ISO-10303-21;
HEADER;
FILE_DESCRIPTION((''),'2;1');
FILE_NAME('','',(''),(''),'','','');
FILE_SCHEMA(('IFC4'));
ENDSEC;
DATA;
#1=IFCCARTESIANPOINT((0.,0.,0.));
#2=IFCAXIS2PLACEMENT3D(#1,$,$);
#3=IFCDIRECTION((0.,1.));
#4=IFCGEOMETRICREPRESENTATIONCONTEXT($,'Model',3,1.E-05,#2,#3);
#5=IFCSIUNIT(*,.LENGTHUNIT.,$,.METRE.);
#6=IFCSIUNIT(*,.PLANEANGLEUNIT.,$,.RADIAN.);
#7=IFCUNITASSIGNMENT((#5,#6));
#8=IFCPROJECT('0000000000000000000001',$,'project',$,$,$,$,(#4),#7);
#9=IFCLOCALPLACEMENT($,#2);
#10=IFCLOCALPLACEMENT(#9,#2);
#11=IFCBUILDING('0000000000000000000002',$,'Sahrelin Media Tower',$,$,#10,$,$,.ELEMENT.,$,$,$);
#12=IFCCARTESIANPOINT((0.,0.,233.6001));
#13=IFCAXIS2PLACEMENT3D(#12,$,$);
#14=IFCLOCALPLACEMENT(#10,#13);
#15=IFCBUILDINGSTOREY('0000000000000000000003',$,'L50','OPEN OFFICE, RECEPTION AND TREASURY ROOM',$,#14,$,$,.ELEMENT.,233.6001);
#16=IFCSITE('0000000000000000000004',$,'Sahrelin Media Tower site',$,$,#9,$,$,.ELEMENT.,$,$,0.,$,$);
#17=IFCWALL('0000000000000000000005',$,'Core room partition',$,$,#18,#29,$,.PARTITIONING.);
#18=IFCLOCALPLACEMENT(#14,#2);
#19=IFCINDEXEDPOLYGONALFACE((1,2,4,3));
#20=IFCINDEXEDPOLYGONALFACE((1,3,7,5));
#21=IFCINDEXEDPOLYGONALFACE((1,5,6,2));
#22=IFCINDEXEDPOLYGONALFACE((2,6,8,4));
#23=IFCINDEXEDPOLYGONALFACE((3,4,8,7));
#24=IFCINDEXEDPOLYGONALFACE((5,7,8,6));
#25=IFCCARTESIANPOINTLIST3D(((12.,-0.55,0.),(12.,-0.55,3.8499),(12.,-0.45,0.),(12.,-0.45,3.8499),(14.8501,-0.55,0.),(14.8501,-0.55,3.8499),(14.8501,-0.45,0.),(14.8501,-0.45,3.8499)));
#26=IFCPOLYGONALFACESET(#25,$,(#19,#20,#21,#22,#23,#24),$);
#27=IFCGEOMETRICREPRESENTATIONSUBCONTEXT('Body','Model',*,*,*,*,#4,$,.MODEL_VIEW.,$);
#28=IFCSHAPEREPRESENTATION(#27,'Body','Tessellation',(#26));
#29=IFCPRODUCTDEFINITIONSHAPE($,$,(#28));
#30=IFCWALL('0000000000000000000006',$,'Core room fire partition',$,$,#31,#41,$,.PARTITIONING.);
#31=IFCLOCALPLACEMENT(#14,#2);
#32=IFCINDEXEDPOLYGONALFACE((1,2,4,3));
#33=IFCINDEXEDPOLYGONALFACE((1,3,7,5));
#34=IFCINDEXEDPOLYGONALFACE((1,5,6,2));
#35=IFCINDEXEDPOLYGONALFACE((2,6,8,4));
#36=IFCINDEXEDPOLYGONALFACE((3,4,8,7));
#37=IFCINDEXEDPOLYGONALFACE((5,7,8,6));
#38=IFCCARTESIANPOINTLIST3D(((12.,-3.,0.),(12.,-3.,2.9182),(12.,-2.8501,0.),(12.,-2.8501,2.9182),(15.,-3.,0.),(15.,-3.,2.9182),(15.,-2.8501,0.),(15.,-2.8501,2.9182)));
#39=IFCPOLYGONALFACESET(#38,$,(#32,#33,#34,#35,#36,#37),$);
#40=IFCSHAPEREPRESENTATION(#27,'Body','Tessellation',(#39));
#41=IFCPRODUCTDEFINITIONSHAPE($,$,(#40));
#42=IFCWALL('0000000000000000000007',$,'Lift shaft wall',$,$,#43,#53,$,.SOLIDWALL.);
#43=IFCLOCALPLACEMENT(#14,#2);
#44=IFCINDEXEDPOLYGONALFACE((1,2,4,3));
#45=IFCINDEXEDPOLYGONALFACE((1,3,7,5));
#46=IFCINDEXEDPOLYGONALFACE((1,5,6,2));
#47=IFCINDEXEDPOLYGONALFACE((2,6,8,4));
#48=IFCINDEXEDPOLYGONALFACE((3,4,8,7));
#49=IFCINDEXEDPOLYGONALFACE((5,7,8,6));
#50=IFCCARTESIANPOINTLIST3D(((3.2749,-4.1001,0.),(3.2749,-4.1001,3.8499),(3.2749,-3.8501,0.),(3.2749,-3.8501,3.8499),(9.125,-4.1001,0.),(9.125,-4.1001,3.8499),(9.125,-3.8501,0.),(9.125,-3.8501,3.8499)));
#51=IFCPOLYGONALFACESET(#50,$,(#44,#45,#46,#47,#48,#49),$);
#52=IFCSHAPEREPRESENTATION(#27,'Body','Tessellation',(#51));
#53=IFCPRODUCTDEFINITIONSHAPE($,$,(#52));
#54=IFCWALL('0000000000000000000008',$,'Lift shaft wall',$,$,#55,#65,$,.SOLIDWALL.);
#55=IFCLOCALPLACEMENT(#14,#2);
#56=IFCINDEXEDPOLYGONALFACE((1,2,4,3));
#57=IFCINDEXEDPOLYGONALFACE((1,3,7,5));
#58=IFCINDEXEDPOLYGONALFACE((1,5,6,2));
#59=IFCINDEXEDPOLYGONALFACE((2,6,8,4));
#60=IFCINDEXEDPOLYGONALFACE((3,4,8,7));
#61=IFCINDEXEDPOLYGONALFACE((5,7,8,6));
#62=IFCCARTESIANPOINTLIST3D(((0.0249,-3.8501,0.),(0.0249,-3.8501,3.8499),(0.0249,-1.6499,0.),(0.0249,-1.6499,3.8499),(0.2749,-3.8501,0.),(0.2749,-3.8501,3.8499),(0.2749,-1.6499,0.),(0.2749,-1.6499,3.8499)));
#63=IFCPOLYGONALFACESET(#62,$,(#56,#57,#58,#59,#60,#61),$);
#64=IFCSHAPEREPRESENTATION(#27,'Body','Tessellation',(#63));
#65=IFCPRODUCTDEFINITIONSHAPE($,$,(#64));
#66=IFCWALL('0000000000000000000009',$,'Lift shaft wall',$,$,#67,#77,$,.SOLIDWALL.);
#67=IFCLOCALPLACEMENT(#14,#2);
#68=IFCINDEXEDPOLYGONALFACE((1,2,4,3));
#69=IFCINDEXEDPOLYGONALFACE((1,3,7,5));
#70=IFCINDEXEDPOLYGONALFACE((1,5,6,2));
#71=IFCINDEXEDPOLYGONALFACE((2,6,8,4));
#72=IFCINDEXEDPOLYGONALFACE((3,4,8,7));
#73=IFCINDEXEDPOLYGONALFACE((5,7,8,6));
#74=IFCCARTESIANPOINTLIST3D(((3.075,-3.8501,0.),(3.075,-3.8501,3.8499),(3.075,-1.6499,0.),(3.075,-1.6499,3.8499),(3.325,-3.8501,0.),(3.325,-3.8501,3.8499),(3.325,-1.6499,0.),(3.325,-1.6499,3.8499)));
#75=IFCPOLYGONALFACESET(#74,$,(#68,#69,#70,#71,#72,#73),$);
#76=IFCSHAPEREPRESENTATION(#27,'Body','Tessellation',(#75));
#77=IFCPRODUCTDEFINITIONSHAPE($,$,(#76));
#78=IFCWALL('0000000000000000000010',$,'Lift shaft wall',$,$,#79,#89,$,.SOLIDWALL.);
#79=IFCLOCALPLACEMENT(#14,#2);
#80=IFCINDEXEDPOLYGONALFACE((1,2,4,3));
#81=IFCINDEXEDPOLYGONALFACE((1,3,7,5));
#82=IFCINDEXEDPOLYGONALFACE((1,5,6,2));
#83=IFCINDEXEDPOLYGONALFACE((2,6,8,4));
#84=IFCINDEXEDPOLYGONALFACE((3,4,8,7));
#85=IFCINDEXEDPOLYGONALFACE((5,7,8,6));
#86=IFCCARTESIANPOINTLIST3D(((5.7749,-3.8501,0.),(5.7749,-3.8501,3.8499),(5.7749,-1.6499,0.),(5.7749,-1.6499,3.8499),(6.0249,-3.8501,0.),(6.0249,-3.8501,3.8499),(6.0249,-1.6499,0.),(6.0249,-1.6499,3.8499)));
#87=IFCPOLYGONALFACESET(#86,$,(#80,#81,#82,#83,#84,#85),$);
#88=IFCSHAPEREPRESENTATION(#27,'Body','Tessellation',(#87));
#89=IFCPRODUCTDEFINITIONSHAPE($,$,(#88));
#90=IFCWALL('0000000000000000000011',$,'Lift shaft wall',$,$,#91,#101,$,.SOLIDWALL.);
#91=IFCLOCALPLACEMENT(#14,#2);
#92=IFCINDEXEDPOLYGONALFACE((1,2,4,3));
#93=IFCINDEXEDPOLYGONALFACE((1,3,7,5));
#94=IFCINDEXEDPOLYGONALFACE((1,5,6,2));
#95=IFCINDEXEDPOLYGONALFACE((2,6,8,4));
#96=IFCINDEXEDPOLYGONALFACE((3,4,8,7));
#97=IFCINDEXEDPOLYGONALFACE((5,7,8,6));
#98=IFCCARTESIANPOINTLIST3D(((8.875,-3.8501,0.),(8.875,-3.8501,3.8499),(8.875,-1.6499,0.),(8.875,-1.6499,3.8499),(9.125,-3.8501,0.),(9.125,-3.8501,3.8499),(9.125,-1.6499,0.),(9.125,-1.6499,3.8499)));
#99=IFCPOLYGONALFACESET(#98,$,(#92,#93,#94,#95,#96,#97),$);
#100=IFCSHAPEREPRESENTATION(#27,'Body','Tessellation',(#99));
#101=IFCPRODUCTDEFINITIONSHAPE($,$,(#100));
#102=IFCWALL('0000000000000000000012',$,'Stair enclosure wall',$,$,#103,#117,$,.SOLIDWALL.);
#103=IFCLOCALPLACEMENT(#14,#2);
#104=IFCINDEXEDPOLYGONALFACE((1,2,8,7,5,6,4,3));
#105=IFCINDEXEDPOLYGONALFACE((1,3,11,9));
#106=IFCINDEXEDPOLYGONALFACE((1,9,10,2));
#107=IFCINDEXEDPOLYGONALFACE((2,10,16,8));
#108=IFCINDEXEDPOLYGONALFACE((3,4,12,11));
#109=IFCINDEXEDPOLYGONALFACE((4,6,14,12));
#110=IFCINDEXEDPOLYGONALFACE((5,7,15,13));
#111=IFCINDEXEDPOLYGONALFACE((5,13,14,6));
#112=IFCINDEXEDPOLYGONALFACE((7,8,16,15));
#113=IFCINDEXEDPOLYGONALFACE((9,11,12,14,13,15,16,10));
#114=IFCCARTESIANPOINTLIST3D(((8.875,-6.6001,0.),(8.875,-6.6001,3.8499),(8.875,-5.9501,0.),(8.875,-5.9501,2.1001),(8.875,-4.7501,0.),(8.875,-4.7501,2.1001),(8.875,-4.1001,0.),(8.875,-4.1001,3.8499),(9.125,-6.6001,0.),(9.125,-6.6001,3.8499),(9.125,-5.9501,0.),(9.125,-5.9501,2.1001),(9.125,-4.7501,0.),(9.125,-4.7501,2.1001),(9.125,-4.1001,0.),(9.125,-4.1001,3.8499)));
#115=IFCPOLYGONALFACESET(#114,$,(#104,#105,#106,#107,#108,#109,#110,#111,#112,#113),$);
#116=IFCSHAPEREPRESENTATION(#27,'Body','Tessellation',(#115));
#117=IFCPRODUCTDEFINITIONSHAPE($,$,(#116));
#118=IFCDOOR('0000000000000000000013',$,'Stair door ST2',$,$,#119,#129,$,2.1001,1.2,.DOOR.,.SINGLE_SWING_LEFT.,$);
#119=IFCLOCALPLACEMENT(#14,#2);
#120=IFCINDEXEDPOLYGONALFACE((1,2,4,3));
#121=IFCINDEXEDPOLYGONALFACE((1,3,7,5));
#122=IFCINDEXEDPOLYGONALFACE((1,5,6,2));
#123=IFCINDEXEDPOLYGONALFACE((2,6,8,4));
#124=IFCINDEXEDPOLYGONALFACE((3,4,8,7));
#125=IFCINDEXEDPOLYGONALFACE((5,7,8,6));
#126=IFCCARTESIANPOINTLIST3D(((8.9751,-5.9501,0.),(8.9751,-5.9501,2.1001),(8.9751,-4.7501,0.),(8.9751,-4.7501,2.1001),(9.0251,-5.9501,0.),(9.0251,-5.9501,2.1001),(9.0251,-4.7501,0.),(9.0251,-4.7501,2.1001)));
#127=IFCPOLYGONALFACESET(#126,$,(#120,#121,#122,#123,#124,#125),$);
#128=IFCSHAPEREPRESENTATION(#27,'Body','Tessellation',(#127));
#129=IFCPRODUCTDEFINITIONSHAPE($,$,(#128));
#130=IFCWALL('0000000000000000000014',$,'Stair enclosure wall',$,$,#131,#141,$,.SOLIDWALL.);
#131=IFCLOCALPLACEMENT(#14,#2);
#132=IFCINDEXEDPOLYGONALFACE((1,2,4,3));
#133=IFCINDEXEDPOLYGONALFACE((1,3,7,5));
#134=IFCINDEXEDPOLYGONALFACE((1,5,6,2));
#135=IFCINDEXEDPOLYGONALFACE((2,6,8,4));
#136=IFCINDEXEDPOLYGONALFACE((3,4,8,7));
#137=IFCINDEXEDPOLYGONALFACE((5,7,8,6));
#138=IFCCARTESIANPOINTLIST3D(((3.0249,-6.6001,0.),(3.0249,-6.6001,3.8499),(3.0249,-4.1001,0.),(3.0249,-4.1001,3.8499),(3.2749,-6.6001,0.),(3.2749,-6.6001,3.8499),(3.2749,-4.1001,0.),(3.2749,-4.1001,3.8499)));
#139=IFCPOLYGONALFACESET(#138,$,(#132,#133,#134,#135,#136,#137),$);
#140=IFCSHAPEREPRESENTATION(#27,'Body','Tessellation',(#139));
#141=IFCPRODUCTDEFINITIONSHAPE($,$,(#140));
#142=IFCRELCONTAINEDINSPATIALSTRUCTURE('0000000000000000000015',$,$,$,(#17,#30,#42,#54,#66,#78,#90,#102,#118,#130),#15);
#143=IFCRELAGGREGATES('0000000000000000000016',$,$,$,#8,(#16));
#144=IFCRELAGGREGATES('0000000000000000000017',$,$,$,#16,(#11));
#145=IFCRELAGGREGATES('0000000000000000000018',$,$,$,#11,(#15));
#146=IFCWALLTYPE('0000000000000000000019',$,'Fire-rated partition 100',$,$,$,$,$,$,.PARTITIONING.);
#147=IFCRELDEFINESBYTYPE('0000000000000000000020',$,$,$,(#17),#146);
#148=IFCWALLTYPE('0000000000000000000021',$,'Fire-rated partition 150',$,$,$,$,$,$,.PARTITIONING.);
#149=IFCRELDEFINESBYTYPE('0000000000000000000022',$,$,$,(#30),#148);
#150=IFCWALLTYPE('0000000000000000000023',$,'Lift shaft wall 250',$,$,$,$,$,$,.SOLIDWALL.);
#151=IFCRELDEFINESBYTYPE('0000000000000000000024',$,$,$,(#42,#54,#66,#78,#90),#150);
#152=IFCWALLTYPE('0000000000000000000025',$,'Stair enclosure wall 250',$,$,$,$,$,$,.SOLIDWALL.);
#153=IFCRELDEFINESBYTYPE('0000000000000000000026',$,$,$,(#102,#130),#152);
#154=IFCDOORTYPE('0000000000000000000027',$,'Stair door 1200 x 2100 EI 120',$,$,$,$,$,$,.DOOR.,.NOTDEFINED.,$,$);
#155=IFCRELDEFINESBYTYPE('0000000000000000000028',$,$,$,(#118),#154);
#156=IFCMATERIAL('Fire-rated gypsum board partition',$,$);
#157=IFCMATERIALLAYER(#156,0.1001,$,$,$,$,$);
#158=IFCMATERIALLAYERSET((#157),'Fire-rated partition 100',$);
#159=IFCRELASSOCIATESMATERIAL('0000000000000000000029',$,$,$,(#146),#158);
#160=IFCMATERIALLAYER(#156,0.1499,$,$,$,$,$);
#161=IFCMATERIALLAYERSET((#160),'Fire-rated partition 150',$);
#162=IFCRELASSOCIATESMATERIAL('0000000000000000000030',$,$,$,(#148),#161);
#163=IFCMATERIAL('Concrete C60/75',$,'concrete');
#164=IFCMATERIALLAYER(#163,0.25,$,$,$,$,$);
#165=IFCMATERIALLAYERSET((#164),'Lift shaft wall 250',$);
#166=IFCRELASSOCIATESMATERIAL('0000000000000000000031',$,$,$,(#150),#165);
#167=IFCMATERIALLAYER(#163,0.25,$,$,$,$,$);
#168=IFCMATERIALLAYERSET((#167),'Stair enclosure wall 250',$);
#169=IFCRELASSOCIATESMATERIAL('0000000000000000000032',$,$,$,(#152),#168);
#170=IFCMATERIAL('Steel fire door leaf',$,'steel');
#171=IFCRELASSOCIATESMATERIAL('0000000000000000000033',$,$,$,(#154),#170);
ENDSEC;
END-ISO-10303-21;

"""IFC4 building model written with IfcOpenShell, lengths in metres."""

from ifc_helpers import new_model, si_unit, direction, frame, frame_2d, origin, place, context, subcontext, project, spatial, rectangle, extrude, material, layer, layer_set, type_object, element, fill, save


model = new_model("IFC4")

# Units and contexts
model_context = context("Model", 3, precision=1e-05, world=origin(), true_north=direction((0.0, 1.0)))
body_context = subcontext(model_context, "Body", "Model", "MODEL_VIEW")
ifc_project = project(units=[si_unit("LENGTHUNIT", "METRE"), si_unit("PLANEANGLEUNIT", "RADIAN")], contexts=[model_context])

# Site, building, storey
site_placement = place(None, origin())
site = spatial("IfcSite", under=ifc_project, at=site_placement, Name="Sahrelin Media Tower site", CompositionType="ELEMENT", RefElevation=0.0)
building_placement = place(site_placement, origin())
building = spatial("IfcBuilding", under=site, at=building_placement, Name="Sahrelin Media Tower", CompositionType="ELEMENT")
storey_placement = place(building_placement, frame((0.0, 0.0, 233.6001)))
storey = spatial("IfcBuildingStorey", under=building, at=storey_placement, Name="L50", Description="OPEN OFFICE, RECEPTION AND TREASURY ROOM", CompositionType="ELEMENT", Elevation=233.6001)

# Shared definitions
ifc_material_1 = material(Name="Concrete C60/75", Category="concrete")
ifc_material_2 = material(Name="Steel fire door leaf", Category="steel")

# Walls
ifc_material_3 = material(Name="Fire-rated gypsum board partition")
ifc_layer_1 = layer(ifc_material_3, 0.1001)
ifc_layer_set_1 = layer_set([ifc_layer_1], Name="Fire-rated partition 100")
wall_type_1 = type_object("IfcWallType", Name="Fire-rated partition 100", PredefinedType="PARTITIONING", material=ifc_layer_set_1)
wall_1_placement = place(storey_placement, frame((12.0, -0.5, 0.0), z_axis=(0.0, 0.0, 1.0), x_axis=(1.0, 0.0, 0.0)))
element("IfcWall", 1, at=wall_1_placement, inside=storey, type_object=wall_type_1, Name="Core room partition", PredefinedType="PARTITIONING", context=body_context, shape_type="SweptSolid", body=[
    extrude(rectangle(XDim=2.8501, YDim=0.1001, at=frame_2d((1.425, 0.0))), origin(), (0.0, 0.0, 1.0), 3.8499),
])
ifc_layer_2 = layer(ifc_material_3, 0.1499)
ifc_layer_set_2 = layer_set([ifc_layer_2], Name="Fire-rated partition 150")
wall_type_2 = type_object("IfcWallType", Name="Fire-rated partition 150", PredefinedType="PARTITIONING", material=ifc_layer_set_2)
wall_2_placement = place(storey_placement, frame((12.0, -2.925, 0.0), z_axis=(0.0, 0.0, 1.0), x_axis=(1.0, 0.0, 0.0)))
element("IfcWall", 2, at=wall_2_placement, inside=storey, type_object=wall_type_2, Name="Core room fire partition", PredefinedType="PARTITIONING", context=body_context, shape_type="SweptSolid", body=[
    extrude(rectangle(XDim=3.0, YDim=0.1499, at=frame_2d((1.5, 0.0))), origin(), (0.0, 0.0, 1.0), 2.9182),
])
ifc_layer_3 = layer(ifc_material_1, 0.25)
ifc_layer_set_3 = layer_set([ifc_layer_3], Name="Lift shaft wall 250")
wall_type_3 = type_object("IfcWallType", Name="Lift shaft wall 250", PredefinedType="SOLIDWALL", material=ifc_layer_set_3)
wall_3_placement = place(storey_placement, frame((3.2749, -3.9751, 0.0), z_axis=(0.0, 0.0, 1.0), x_axis=(1.0, 0.0, 0.0)))
element("IfcWall", 3, at=wall_3_placement, inside=storey, type_object=wall_type_3, Name="Lift shaft wall", PredefinedType="SOLIDWALL", context=body_context, shape_type="SweptSolid", body=[
    extrude(rectangle(XDim=5.8501, YDim=0.25, at=frame_2d((2.925, 0.0))), origin(), (0.0, 0.0, 1.0), 3.8499),
])
for number, where, z_axis, x_axis, name in (
    (4, (0.1499, -3.8501, 0.0), (0.0, 0.0, 1.0), (0.0, 1.0, 0.0), "Lift shaft wall"),
    (5, (3.2, -3.8501, 0.0), (0.0, 0.0, 1.0), (0.0, 1.0, 0.0), "Lift shaft wall"),
    (6, (5.8999, -3.8501, 0.0), (0.0, 0.0, 1.0), (0.0, 1.0, 0.0), "Lift shaft wall"),
    (7, (9.0, -3.8501, 0.0), (0.0, 0.0, 1.0), (0.0, 1.0, 0.0), "Lift shaft wall"),
):
    element("IfcWall", number, at=place(storey_placement, frame(where, z_axis=z_axis, x_axis=x_axis)), inside=storey, type_object=wall_type_3, Name=name, PredefinedType="SOLIDWALL", context=body_context, shape_type="SweptSolid", body=[
        extrude(rectangle(XDim=2.2002, YDim=0.25, at=frame_2d((1.1001, 0.0))), origin(), (0.0, 0.0, 1.0), 3.8499),
    ])

# Wall, opening, door
ifc_layer_4 = layer(ifc_material_1, 0.25)
ifc_layer_set_4 = layer_set([ifc_layer_4], Name="Stair enclosure wall 250")
wall_type_4 = type_object("IfcWallType", Name="Stair enclosure wall 250", PredefinedType="SOLIDWALL", material=ifc_layer_set_4)
wall_4_placement = place(storey_placement, frame((9.0, -6.6001, 0.0), z_axis=(0.0, 0.0, 1.0), x_axis=(0.0, 1.0, 0.0)))
wall_4 = element("IfcWall", 8, at=wall_4_placement, inside=storey, type_object=wall_type_4, Name="Stair enclosure wall", PredefinedType="SOLIDWALL", context=body_context, shape_type="SweptSolid", body=[
    extrude(rectangle(XDim=2.5, YDim=0.25, at=frame_2d((1.25, 0.0))), origin(), (0.0, 0.0, 1.0), 3.8499),
])
opening_1_placement = place(wall_4_placement, frame((0.6499, 0.0, 0.0)))
opening_1 = element("IfcOpeningElement", 9, at=opening_1_placement, cuts=wall_4, PredefinedType="OPENING", context=body_context, shape_type="SweptSolid", body=[
    extrude(rectangle(XDim=1.2, YDim=2.1001, at=frame_2d((0.6001, 1.05))), frame((0.0, 0.125, 0.0), z_axis=(0.0, -1.0, 0.0), x_axis=(1.0, 0.0, 0.0)), (0.0, 0.0, 1.0), 0.25),
])
door_type_1 = type_object("IfcDoorType", Name="Stair door 1200 x 2100 EI 120", OperationType="NOTDEFINED", PredefinedType="DOOR", material=ifc_material_2)
door_1_placement = place(opening_1_placement, origin())
door_1 = element("IfcDoor", 10, at=door_1_placement, inside=storey, type_object=door_type_1, Name="Stair door ST2", OperationType="SINGLE_SWING_LEFT", OverallHeight=2.1001, OverallWidth=1.2, PredefinedType="DOOR", context=body_context, shape_type="SweptSolid", body=[
    extrude(rectangle(XDim=1.2, YDim=2.1001, at=frame_2d((0.6001, 1.05))), frame((0.0, 0.0249, 0.0), z_axis=(0.0, -1.0, 0.0), x_axis=(1.0, 0.0, 0.0)), (0.0, 0.0, 1.0), 0.05),
])
fill(opening_1, door_1)

# Wall
wall_5_placement = place(storey_placement, frame((3.1499, -6.6001, 0.0), z_axis=(0.0, 0.0, 1.0), x_axis=(0.0, 1.0, 0.0)))
element("IfcWall", 11, at=wall_5_placement, inside=storey, type_object=wall_type_4, Name="Stair enclosure wall", PredefinedType="SOLIDWALL", context=body_context, shape_type="SweptSolid", body=[
    extrude(rectangle(XDim=2.5, YDim=0.25, at=frame_2d((1.25, 0.0))), origin(), (0.0, 0.0, 1.0), 3.8499),
])

save(model, "model.ifc")
